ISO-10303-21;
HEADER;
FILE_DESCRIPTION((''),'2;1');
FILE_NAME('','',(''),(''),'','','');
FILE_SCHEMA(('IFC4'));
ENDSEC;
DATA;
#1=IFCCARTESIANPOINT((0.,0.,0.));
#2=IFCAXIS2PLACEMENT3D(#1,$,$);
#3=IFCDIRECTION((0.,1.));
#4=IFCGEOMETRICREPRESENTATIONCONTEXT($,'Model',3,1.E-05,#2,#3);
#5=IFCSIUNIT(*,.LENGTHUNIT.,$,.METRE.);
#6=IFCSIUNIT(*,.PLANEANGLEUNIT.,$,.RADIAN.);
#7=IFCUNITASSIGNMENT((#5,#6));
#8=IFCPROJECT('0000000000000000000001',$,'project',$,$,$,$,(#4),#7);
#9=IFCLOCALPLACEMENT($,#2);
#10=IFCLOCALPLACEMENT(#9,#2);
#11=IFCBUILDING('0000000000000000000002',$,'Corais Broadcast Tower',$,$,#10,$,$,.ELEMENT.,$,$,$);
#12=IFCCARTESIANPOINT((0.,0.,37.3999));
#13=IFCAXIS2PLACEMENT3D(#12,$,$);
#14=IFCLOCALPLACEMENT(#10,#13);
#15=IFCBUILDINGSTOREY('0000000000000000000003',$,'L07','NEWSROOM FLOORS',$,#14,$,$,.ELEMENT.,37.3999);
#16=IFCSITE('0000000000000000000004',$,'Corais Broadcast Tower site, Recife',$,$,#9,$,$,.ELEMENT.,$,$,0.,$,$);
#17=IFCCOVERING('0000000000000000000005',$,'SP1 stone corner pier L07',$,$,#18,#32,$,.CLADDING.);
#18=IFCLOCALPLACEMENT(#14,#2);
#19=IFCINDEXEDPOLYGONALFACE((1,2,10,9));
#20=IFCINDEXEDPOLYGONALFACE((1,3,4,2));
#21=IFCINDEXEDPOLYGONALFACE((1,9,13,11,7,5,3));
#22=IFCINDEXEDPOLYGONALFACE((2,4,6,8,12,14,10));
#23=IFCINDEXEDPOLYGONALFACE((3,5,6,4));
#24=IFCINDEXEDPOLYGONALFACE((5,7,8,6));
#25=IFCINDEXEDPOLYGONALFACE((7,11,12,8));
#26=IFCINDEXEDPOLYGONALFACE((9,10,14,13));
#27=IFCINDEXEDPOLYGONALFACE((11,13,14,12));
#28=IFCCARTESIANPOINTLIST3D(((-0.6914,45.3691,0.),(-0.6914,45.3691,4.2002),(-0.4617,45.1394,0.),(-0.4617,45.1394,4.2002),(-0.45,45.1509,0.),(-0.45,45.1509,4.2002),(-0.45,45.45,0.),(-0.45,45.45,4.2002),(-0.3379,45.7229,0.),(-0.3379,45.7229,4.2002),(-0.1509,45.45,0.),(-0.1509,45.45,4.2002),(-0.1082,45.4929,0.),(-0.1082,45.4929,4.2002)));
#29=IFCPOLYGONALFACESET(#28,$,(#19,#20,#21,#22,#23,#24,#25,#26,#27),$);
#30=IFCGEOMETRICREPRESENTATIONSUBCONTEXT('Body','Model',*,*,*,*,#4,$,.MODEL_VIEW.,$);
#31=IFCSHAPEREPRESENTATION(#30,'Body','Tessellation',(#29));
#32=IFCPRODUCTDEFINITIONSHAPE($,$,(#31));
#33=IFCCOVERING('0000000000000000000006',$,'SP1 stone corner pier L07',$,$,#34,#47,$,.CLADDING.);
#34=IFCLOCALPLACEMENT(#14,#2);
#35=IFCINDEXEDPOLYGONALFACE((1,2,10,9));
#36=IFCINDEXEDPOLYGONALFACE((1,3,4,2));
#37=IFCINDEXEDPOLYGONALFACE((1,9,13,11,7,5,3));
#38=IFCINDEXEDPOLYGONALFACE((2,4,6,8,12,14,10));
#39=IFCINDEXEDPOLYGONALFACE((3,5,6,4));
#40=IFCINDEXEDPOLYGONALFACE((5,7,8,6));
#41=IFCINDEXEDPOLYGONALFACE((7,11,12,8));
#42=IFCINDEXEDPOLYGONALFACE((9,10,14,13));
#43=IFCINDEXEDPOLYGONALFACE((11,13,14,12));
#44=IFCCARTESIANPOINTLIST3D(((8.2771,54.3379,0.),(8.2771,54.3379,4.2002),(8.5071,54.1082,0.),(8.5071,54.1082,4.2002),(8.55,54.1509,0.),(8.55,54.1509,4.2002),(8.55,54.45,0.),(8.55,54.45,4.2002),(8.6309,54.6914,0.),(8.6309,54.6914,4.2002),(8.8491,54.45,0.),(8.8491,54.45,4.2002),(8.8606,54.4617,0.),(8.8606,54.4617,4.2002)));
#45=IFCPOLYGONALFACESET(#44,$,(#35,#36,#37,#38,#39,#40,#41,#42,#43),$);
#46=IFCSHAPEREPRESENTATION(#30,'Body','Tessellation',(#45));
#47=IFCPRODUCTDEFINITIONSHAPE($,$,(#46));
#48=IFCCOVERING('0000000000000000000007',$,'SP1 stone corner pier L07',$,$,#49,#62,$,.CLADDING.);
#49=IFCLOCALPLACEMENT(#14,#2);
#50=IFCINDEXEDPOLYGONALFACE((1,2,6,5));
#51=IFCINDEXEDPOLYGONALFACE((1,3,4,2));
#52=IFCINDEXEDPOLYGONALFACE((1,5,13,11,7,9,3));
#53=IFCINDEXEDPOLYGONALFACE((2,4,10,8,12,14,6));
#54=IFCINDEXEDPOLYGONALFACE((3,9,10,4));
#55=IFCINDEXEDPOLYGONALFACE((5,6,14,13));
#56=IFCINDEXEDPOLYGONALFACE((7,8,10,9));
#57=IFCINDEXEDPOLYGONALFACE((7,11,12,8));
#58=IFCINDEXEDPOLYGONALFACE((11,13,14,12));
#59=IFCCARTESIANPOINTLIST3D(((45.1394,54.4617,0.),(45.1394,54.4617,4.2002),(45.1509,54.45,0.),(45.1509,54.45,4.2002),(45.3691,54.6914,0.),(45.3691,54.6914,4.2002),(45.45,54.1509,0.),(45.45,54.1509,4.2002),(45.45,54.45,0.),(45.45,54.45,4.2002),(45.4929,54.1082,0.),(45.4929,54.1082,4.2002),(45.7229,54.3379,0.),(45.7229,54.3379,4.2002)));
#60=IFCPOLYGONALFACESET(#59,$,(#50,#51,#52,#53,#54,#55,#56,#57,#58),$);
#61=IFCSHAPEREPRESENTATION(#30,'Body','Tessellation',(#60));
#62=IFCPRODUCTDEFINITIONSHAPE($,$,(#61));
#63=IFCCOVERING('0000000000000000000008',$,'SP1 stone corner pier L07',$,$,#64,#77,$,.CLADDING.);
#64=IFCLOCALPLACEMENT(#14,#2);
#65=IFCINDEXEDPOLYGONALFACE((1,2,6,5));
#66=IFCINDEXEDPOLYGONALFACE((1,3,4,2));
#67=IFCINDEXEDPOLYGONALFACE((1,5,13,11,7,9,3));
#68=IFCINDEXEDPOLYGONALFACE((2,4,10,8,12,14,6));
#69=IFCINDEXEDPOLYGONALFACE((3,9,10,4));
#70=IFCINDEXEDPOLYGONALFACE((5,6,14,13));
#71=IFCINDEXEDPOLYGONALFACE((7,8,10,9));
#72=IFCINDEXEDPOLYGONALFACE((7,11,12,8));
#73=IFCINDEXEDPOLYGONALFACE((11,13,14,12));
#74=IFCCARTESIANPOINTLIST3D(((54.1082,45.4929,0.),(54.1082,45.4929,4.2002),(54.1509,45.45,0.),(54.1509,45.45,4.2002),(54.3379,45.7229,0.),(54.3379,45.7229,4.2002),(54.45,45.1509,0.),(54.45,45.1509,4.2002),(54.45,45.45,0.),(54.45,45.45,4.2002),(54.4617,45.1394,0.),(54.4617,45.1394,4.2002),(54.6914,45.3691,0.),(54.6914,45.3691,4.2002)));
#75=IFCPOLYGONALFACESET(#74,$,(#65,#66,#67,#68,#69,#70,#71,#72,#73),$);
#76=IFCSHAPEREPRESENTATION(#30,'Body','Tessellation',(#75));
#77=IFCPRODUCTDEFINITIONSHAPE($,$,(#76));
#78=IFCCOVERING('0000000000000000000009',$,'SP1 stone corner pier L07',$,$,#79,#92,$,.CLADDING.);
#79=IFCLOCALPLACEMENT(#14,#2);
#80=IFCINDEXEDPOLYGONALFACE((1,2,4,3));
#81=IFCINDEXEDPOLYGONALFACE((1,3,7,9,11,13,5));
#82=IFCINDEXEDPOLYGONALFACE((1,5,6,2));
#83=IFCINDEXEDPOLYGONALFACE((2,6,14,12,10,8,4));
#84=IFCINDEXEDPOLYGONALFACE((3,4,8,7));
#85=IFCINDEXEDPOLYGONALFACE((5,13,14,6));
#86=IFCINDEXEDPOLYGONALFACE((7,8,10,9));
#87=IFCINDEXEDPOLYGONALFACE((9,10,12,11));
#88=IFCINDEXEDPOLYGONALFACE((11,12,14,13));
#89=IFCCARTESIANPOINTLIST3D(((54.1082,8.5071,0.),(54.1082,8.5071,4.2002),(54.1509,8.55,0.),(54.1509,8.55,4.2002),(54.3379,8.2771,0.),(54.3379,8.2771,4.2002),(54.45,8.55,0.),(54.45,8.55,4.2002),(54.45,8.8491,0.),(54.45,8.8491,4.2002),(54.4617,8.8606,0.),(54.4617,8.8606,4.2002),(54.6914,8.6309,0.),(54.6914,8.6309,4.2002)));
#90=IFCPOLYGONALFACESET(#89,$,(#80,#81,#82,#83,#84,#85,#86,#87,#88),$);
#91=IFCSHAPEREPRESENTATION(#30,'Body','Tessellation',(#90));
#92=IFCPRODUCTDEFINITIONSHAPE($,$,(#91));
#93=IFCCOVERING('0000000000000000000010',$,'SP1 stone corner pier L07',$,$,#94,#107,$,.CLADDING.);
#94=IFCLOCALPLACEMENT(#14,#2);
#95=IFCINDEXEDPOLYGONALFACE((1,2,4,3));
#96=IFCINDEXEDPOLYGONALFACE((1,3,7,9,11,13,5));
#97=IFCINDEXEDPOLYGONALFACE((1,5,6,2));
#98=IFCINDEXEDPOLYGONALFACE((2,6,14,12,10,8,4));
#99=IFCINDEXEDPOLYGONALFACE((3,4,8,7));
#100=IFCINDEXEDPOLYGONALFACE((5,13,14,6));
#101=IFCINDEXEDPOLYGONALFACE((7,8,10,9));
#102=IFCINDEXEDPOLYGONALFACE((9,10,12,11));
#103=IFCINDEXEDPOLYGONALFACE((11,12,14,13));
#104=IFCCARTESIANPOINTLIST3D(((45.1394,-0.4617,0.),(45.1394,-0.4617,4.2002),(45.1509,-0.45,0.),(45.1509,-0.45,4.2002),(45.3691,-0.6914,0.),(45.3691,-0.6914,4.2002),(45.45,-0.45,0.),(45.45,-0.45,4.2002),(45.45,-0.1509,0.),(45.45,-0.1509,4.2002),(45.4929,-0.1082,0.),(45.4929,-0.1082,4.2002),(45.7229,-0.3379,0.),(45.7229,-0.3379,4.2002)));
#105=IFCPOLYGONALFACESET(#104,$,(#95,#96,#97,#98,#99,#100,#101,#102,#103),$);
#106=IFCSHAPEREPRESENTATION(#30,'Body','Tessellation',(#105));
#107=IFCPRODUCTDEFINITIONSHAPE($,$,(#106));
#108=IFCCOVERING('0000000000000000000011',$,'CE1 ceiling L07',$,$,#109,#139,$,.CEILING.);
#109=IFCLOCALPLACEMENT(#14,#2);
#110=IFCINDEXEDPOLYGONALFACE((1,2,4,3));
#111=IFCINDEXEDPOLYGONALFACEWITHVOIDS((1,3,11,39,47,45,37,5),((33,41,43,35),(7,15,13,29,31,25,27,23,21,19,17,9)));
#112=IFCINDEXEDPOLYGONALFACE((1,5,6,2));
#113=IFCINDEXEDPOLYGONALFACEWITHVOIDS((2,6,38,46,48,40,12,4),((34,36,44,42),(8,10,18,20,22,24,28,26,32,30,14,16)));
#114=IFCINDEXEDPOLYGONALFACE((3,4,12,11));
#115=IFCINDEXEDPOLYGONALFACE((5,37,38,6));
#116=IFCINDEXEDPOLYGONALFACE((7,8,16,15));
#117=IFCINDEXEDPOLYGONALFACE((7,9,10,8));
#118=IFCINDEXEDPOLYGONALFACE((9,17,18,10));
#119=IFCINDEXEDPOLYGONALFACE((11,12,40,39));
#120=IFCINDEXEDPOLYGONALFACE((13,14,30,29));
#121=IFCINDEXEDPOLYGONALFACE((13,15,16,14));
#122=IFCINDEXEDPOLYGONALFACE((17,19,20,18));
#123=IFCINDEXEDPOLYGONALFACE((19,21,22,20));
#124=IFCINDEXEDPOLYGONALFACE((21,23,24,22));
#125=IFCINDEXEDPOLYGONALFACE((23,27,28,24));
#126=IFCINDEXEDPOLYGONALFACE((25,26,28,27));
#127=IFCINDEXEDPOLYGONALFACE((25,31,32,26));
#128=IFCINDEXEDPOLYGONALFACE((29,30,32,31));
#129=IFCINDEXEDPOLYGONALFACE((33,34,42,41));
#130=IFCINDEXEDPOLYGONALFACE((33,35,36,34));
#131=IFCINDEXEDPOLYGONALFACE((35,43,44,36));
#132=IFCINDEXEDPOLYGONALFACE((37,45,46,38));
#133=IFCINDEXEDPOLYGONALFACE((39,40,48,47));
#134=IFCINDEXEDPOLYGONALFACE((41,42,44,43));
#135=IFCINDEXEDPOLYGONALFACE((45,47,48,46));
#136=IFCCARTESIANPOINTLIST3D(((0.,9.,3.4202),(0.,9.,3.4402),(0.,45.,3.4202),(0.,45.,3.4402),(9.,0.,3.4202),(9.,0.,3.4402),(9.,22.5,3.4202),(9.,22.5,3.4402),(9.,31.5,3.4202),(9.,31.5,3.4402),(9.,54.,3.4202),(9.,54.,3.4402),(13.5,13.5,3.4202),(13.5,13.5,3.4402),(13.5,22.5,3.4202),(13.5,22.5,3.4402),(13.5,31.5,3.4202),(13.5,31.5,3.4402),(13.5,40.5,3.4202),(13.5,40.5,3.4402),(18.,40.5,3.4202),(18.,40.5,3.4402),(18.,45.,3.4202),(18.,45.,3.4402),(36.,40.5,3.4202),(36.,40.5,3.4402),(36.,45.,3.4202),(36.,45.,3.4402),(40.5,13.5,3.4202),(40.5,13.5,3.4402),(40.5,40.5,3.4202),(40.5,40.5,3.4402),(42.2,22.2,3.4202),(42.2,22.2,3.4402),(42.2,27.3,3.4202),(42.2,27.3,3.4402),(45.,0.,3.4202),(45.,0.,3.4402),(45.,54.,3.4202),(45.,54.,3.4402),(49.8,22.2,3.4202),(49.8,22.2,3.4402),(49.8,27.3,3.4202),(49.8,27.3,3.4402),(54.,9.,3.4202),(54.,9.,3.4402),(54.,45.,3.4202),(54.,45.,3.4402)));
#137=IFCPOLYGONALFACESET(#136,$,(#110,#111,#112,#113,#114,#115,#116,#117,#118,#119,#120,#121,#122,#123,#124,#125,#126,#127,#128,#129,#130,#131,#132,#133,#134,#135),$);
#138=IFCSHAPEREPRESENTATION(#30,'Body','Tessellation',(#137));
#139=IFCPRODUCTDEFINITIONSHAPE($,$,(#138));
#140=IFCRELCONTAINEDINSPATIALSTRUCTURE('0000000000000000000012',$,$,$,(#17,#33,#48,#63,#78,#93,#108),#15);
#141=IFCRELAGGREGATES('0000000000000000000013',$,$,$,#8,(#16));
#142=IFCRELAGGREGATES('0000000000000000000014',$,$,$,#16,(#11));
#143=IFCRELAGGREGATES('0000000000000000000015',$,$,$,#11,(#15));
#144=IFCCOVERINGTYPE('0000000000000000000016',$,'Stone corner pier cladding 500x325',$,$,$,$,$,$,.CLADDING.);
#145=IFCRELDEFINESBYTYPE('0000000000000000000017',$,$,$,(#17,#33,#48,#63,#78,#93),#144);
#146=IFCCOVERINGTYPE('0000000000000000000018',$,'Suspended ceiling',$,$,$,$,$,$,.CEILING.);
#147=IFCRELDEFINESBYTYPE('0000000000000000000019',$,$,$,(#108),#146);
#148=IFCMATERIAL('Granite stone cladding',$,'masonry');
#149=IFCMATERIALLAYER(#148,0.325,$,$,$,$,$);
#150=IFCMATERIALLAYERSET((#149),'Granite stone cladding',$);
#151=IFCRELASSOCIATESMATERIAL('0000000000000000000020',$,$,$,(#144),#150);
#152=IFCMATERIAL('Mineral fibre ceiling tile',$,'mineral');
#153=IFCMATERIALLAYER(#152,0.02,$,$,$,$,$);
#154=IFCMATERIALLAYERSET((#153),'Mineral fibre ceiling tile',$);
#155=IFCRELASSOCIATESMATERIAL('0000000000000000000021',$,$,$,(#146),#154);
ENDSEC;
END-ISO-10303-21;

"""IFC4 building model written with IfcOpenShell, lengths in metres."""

from ifc_helpers import new_model, si_unit, direction, frame, origin, place, context, subcontext, project, spatial, polyline, outline, extrude, material, layer, layer_set, type_object, element, save


model = new_model("IFC4")

# Units and contexts
model_context = context("Model", 3, precision=1e-05, world=origin(), true_north=direction((0.0, 1.0)))
body_context = subcontext(model_context, "Body", "Model", "MODEL_VIEW")
ifc_project = project(units=[si_unit("LENGTHUNIT", "METRE"), si_unit("PLANEANGLEUNIT", "RADIAN")], contexts=[model_context])

# Site, building, storey
site_placement = place(None, origin())
site = spatial("IfcSite", under=ifc_project, at=site_placement, Name="Corais Broadcast Tower site, Recife", CompositionType="ELEMENT", RefElevation=0.0)
building_placement = place(site_placement, origin())
building = spatial("IfcBuilding", under=site, at=building_placement, Name="Corais Broadcast Tower", CompositionType="ELEMENT")
storey_placement = place(building_placement, frame((0.0, 0.0, 37.3999)))
storey = spatial("IfcBuildingStorey", under=building, at=storey_placement, Name="L07", Description="NEWSROOM FLOORS", CompositionType="ELEMENT", Elevation=37.3999)

# Coverings
ifc_material_1 = material(Name="Granite stone cladding", Category="masonry")
ifc_layer_1 = layer(ifc_material_1, 0.325)
ifc_layer_set_1 = layer_set([ifc_layer_1], Name="Granite stone cladding")
covering_type_1 = type_object("IfcCoveringType", Name="Stone corner pier cladding 500x325", PredefinedType="CLADDING", material=ifc_layer_set_1)
covering_1_placement = place(storey_placement, origin())
element("IfcCovering", 1, at=covering_1_placement, inside=storey, type_object=covering_type_1, Name="SP1 stone corner pier L07", PredefinedType="CLADDING", context=body_context, shape_type="SweptSolid", body=[
    extrude(outline(polyline([(-0.4617, 45.1394), (-0.45, 45.1509), (-0.45, 45.45), (-0.1509, 45.45), (-0.1082, 45.4929), (-0.3379, 45.7229), (-0.6914, 45.3691), (-0.4617, 45.1394)])), origin(), (0.0, 0.0, 1.0), 4.2002),
])
covering_2_placement = place(storey_placement, origin())
element("IfcCovering", 2, at=covering_2_placement, inside=storey, type_object=covering_type_1, Name="SP1 stone corner pier L07", PredefinedType="CLADDING", context=body_context, shape_type="SweptSolid", body=[
    extrude(outline(polyline([(8.8491, 54.45), (8.8606, 54.4617), (8.6309, 54.6914), (8.2771, 54.3379), (8.5071, 54.1082), (8.55, 54.1509), (8.55, 54.45), (8.8491, 54.45)])), origin(), (0.0, 0.0, 1.0), 4.2002),
])
covering_3_placement = place(storey_placement, origin())
element("IfcCovering", 3, at=covering_3_placement, inside=storey, type_object=covering_type_1, Name="SP1 stone corner pier L07", PredefinedType="CLADDING", context=body_context, shape_type="SweptSolid", body=[
    extrude(outline(polyline([(45.1394, 54.4617), (45.1509, 54.45), (45.45, 54.45), (45.45, 54.1509), (45.4929, 54.1082), (45.7229, 54.3379), (45.3691, 54.6914), (45.1394, 54.4617)])), origin(), (0.0, 0.0, 1.0), 4.2002),
])
covering_4_placement = place(storey_placement, origin())
element("IfcCovering", 4, at=covering_4_placement, inside=storey, type_object=covering_type_1, Name="SP1 stone corner pier L07", PredefinedType="CLADDING", context=body_context, shape_type="SweptSolid", body=[
    extrude(outline(polyline([(54.45, 45.1509), (54.4617, 45.1394), (54.6914, 45.3691), (54.3379, 45.7229), (54.1082, 45.4929), (54.1509, 45.45), (54.45, 45.45), (54.45, 45.1509)])), origin(), (0.0, 0.0, 1.0), 4.2002),
])
covering_5_placement = place(storey_placement, origin())
element("IfcCovering", 5, at=covering_5_placement, inside=storey, type_object=covering_type_1, Name="SP1 stone corner pier L07", PredefinedType="CLADDING", context=body_context, shape_type="SweptSolid", body=[
    extrude(outline(polyline([(54.4617, 8.8606), (54.45, 8.8491), (54.45, 8.55), (54.1509, 8.55), (54.1082, 8.5071), (54.3379, 8.2771), (54.6914, 8.6309), (54.4617, 8.8606)])), origin(), (0.0, 0.0, 1.0), 4.2002),
])
covering_6_placement = place(storey_placement, origin())
element("IfcCovering", 6, at=covering_6_placement, inside=storey, type_object=covering_type_1, Name="SP1 stone corner pier L07", PredefinedType="CLADDING", context=body_context, shape_type="SweptSolid", body=[
    extrude(outline(polyline([(45.1509, -0.45), (45.1394, -0.4617), (45.3691, -0.6914), (45.7229, -0.3379), (45.4929, -0.1082), (45.45, -0.1509), (45.45, -0.45), (45.1509, -0.45)])), origin(), (0.0, 0.0, 1.0), 4.2002),
])
ifc_material_2 = material(Name="Mineral fibre ceiling tile", Category="mineral")
ifc_layer_2 = layer(ifc_material_2, 0.02)
ifc_layer_set_2 = layer_set([ifc_layer_2], Name="Mineral fibre ceiling tile")
covering_type_2 = type_object("IfcCoveringType", Name="Suspended ceiling", PredefinedType="CEILING", material=ifc_layer_set_2)
covering_7_placement = place(storey_placement, frame((0.0, 0.0, 3.4202)))
element("IfcCovering", 7, at=covering_7_placement, inside=storey, type_object=covering_type_2, Name="CE1 ceiling L07", PredefinedType="CEILING", context=body_context, shape_type="SweptSolid", body=[
    extrude(outline(polyline([(0.0, 9.0), (0.0, 45.0), (9.0, 54.0), (45.0, 54.0), (54.0, 45.0), (54.0, 9.0), (45.0, 0.0), (9.0, 0.0), (0.0, 9.0)]), holes=[polyline([(9.0, 31.5), (9.0, 22.5), (13.5, 22.5), (13.5, 13.5), (40.5, 13.5), (40.5, 40.5), (36.0, 40.5), (36.0, 45.0), (18.0, 45.0), (18.0, 40.5), (13.5, 40.5), (13.5, 31.5), (9.0, 31.5)]), polyline([(49.8, 27.3), (42.2, 27.3), (42.2, 22.2), (49.8, 22.2), (49.8, 27.3)])]), origin(), (0.0, 0.0, 1.0), 0.02),
])

save(model, "model.ifc")
